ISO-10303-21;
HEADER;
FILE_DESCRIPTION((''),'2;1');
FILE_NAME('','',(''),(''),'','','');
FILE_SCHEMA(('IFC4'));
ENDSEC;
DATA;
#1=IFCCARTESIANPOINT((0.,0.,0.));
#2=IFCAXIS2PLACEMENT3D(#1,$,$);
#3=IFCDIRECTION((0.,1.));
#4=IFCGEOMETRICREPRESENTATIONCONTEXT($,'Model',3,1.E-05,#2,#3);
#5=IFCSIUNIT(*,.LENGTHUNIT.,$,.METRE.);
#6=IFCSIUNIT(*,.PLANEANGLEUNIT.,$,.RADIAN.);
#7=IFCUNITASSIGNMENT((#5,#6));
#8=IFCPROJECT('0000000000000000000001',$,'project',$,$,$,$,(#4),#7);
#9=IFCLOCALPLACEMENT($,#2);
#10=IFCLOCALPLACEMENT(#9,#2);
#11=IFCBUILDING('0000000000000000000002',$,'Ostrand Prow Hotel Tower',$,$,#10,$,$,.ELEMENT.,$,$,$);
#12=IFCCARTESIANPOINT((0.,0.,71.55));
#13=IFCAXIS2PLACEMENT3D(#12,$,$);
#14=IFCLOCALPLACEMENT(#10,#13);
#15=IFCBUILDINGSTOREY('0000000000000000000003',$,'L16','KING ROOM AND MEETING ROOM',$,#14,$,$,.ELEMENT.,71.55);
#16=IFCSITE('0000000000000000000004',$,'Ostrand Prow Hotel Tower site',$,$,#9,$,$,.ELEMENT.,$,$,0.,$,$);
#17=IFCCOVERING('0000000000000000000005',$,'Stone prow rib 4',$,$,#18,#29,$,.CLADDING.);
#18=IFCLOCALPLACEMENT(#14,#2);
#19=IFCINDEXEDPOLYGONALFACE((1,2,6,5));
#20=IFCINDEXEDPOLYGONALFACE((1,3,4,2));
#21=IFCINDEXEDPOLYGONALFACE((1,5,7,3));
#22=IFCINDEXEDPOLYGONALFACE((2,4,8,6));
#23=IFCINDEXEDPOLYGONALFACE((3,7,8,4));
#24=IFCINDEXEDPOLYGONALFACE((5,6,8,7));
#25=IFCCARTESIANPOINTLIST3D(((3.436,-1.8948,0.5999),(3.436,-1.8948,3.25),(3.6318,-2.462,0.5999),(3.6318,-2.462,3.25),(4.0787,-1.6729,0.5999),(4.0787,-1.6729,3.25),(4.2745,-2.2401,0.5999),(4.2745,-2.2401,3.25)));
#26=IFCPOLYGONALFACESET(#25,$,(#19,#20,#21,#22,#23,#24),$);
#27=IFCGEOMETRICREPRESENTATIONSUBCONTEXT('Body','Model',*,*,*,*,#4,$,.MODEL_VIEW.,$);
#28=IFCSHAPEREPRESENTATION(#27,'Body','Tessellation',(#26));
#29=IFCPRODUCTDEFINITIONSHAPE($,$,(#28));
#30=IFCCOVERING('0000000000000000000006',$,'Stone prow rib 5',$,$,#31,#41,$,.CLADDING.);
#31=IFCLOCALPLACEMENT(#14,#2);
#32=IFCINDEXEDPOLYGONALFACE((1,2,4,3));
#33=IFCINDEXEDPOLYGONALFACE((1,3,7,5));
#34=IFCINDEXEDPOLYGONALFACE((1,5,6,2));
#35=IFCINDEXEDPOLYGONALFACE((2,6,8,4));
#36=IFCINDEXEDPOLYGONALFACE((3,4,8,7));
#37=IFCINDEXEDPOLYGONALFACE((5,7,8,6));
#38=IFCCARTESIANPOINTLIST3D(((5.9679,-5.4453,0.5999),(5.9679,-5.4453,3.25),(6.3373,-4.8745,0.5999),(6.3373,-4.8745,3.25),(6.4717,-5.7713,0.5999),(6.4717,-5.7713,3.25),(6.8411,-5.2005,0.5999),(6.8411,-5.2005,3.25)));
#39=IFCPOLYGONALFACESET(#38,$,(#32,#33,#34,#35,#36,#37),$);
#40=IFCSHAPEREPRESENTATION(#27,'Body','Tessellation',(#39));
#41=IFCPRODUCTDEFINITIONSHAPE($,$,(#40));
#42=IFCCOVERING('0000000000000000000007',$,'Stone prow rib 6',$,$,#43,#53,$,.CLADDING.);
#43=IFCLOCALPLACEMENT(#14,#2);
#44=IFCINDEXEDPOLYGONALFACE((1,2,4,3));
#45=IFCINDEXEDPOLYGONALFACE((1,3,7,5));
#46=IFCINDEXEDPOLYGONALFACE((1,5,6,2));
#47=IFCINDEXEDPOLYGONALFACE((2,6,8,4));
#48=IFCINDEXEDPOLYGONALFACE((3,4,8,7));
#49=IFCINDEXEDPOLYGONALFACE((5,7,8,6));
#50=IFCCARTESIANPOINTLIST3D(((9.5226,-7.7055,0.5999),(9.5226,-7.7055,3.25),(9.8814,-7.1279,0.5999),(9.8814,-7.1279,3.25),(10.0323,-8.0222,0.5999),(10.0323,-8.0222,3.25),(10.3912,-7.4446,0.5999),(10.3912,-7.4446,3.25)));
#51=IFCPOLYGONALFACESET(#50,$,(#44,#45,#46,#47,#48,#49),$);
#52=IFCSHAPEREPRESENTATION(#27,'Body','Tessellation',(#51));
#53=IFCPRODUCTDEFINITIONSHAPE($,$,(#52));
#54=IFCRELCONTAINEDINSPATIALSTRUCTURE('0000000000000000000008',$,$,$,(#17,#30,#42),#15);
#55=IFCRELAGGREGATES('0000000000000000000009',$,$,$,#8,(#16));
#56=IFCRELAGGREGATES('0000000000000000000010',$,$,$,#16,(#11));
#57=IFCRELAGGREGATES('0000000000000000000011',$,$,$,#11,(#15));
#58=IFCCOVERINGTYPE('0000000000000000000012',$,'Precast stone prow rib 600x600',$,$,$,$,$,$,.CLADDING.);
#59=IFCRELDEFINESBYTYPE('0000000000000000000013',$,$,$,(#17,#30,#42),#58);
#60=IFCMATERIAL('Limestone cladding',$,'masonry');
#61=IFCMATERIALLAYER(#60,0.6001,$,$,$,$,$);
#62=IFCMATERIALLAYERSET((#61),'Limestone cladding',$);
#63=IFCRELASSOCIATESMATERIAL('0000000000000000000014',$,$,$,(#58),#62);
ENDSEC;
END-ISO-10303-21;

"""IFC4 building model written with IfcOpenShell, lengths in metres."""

from ifc_helpers import new_model, si_unit, direction, frame, frame_2d, origin, place, context, subcontext, project, spatial, rectangle, extrude, material, layer, layer_set, type_object, element, save


model = new_model("IFC4")

# Units and contexts
model_context = context("Model", 3, precision=1e-05, world=origin(), true_north=direction((0.0, 1.0)))
body_context = subcontext(model_context, "Body", "Model", "MODEL_VIEW")
ifc_project = project(units=[si_unit("LENGTHUNIT", "METRE"), si_unit("PLANEANGLEUNIT", "RADIAN")], contexts=[model_context])

# Site, building, storey
site_placement = place(None, origin())
site = spatial("IfcSite", under=ifc_project, at=site_placement, Name="Ostrand Prow Hotel Tower site", CompositionType="ELEMENT", RefElevation=0.0)
building_placement = place(site_placement, origin())
building = spatial("IfcBuilding", under=site, at=building_placement, Name="Ostrand Prow Hotel Tower", CompositionType="ELEMENT")
storey_placement = place(building_placement, frame((0.0, 0.0, 71.55)))
storey = spatial("IfcBuildingStorey", under=building, at=storey_placement, Name="L16", Description="KING ROOM AND MEETING ROOM", CompositionType="ELEMENT", Elevation=71.55)

# Coverings
ifc_material_1 = material(Name="Limestone cladding", Category="masonry")
ifc_layer_1 = layer(ifc_material_1, 0.6001)
ifc_layer_set_1 = layer_set([ifc_layer_1], Name="Limestone cladding")
covering_type_1 = type_object("IfcCoveringType", Name="Precast stone prow rib 600x600", PredefinedType="CLADDING", material=ifc_layer_set_1)
for number, where, z_axis, x_axis, name in (
    (1, (4.1765, -1.9565, 0.5999), (0.0, 0.0, 1.0), (-0.945255, -0.326334, 0.0), "Stone prow rib 4"),
    (2, (6.5891, -5.0376, 0.5999), (0.0, 0.0, 1.0), (-0.543296, -0.839541, 0.0), "Stone prow rib 5"),
    (3, (10.1362, -7.2864, 0.5999), (0.0, 0.0, 1.0), (-0.527738, -0.849407, 0.0), "Stone prow rib 6"),
):
    element("IfcCovering", number, at=place(storey_placement, frame(where, z_axis=z_axis, x_axis=x_axis)), inside=storey, type_object=covering_type_1, Name=name, PredefinedType="CLADDING", context=body_context, shape_type="SweptSolid", body=[
        extrude(rectangle(XDim=0.6799, YDim=0.6001, at=frame_2d((0.3398, 0.0))), origin(), (0.0, 0.0, 1.0), 2.6501),
    ])

save(model, "model.ifc")
